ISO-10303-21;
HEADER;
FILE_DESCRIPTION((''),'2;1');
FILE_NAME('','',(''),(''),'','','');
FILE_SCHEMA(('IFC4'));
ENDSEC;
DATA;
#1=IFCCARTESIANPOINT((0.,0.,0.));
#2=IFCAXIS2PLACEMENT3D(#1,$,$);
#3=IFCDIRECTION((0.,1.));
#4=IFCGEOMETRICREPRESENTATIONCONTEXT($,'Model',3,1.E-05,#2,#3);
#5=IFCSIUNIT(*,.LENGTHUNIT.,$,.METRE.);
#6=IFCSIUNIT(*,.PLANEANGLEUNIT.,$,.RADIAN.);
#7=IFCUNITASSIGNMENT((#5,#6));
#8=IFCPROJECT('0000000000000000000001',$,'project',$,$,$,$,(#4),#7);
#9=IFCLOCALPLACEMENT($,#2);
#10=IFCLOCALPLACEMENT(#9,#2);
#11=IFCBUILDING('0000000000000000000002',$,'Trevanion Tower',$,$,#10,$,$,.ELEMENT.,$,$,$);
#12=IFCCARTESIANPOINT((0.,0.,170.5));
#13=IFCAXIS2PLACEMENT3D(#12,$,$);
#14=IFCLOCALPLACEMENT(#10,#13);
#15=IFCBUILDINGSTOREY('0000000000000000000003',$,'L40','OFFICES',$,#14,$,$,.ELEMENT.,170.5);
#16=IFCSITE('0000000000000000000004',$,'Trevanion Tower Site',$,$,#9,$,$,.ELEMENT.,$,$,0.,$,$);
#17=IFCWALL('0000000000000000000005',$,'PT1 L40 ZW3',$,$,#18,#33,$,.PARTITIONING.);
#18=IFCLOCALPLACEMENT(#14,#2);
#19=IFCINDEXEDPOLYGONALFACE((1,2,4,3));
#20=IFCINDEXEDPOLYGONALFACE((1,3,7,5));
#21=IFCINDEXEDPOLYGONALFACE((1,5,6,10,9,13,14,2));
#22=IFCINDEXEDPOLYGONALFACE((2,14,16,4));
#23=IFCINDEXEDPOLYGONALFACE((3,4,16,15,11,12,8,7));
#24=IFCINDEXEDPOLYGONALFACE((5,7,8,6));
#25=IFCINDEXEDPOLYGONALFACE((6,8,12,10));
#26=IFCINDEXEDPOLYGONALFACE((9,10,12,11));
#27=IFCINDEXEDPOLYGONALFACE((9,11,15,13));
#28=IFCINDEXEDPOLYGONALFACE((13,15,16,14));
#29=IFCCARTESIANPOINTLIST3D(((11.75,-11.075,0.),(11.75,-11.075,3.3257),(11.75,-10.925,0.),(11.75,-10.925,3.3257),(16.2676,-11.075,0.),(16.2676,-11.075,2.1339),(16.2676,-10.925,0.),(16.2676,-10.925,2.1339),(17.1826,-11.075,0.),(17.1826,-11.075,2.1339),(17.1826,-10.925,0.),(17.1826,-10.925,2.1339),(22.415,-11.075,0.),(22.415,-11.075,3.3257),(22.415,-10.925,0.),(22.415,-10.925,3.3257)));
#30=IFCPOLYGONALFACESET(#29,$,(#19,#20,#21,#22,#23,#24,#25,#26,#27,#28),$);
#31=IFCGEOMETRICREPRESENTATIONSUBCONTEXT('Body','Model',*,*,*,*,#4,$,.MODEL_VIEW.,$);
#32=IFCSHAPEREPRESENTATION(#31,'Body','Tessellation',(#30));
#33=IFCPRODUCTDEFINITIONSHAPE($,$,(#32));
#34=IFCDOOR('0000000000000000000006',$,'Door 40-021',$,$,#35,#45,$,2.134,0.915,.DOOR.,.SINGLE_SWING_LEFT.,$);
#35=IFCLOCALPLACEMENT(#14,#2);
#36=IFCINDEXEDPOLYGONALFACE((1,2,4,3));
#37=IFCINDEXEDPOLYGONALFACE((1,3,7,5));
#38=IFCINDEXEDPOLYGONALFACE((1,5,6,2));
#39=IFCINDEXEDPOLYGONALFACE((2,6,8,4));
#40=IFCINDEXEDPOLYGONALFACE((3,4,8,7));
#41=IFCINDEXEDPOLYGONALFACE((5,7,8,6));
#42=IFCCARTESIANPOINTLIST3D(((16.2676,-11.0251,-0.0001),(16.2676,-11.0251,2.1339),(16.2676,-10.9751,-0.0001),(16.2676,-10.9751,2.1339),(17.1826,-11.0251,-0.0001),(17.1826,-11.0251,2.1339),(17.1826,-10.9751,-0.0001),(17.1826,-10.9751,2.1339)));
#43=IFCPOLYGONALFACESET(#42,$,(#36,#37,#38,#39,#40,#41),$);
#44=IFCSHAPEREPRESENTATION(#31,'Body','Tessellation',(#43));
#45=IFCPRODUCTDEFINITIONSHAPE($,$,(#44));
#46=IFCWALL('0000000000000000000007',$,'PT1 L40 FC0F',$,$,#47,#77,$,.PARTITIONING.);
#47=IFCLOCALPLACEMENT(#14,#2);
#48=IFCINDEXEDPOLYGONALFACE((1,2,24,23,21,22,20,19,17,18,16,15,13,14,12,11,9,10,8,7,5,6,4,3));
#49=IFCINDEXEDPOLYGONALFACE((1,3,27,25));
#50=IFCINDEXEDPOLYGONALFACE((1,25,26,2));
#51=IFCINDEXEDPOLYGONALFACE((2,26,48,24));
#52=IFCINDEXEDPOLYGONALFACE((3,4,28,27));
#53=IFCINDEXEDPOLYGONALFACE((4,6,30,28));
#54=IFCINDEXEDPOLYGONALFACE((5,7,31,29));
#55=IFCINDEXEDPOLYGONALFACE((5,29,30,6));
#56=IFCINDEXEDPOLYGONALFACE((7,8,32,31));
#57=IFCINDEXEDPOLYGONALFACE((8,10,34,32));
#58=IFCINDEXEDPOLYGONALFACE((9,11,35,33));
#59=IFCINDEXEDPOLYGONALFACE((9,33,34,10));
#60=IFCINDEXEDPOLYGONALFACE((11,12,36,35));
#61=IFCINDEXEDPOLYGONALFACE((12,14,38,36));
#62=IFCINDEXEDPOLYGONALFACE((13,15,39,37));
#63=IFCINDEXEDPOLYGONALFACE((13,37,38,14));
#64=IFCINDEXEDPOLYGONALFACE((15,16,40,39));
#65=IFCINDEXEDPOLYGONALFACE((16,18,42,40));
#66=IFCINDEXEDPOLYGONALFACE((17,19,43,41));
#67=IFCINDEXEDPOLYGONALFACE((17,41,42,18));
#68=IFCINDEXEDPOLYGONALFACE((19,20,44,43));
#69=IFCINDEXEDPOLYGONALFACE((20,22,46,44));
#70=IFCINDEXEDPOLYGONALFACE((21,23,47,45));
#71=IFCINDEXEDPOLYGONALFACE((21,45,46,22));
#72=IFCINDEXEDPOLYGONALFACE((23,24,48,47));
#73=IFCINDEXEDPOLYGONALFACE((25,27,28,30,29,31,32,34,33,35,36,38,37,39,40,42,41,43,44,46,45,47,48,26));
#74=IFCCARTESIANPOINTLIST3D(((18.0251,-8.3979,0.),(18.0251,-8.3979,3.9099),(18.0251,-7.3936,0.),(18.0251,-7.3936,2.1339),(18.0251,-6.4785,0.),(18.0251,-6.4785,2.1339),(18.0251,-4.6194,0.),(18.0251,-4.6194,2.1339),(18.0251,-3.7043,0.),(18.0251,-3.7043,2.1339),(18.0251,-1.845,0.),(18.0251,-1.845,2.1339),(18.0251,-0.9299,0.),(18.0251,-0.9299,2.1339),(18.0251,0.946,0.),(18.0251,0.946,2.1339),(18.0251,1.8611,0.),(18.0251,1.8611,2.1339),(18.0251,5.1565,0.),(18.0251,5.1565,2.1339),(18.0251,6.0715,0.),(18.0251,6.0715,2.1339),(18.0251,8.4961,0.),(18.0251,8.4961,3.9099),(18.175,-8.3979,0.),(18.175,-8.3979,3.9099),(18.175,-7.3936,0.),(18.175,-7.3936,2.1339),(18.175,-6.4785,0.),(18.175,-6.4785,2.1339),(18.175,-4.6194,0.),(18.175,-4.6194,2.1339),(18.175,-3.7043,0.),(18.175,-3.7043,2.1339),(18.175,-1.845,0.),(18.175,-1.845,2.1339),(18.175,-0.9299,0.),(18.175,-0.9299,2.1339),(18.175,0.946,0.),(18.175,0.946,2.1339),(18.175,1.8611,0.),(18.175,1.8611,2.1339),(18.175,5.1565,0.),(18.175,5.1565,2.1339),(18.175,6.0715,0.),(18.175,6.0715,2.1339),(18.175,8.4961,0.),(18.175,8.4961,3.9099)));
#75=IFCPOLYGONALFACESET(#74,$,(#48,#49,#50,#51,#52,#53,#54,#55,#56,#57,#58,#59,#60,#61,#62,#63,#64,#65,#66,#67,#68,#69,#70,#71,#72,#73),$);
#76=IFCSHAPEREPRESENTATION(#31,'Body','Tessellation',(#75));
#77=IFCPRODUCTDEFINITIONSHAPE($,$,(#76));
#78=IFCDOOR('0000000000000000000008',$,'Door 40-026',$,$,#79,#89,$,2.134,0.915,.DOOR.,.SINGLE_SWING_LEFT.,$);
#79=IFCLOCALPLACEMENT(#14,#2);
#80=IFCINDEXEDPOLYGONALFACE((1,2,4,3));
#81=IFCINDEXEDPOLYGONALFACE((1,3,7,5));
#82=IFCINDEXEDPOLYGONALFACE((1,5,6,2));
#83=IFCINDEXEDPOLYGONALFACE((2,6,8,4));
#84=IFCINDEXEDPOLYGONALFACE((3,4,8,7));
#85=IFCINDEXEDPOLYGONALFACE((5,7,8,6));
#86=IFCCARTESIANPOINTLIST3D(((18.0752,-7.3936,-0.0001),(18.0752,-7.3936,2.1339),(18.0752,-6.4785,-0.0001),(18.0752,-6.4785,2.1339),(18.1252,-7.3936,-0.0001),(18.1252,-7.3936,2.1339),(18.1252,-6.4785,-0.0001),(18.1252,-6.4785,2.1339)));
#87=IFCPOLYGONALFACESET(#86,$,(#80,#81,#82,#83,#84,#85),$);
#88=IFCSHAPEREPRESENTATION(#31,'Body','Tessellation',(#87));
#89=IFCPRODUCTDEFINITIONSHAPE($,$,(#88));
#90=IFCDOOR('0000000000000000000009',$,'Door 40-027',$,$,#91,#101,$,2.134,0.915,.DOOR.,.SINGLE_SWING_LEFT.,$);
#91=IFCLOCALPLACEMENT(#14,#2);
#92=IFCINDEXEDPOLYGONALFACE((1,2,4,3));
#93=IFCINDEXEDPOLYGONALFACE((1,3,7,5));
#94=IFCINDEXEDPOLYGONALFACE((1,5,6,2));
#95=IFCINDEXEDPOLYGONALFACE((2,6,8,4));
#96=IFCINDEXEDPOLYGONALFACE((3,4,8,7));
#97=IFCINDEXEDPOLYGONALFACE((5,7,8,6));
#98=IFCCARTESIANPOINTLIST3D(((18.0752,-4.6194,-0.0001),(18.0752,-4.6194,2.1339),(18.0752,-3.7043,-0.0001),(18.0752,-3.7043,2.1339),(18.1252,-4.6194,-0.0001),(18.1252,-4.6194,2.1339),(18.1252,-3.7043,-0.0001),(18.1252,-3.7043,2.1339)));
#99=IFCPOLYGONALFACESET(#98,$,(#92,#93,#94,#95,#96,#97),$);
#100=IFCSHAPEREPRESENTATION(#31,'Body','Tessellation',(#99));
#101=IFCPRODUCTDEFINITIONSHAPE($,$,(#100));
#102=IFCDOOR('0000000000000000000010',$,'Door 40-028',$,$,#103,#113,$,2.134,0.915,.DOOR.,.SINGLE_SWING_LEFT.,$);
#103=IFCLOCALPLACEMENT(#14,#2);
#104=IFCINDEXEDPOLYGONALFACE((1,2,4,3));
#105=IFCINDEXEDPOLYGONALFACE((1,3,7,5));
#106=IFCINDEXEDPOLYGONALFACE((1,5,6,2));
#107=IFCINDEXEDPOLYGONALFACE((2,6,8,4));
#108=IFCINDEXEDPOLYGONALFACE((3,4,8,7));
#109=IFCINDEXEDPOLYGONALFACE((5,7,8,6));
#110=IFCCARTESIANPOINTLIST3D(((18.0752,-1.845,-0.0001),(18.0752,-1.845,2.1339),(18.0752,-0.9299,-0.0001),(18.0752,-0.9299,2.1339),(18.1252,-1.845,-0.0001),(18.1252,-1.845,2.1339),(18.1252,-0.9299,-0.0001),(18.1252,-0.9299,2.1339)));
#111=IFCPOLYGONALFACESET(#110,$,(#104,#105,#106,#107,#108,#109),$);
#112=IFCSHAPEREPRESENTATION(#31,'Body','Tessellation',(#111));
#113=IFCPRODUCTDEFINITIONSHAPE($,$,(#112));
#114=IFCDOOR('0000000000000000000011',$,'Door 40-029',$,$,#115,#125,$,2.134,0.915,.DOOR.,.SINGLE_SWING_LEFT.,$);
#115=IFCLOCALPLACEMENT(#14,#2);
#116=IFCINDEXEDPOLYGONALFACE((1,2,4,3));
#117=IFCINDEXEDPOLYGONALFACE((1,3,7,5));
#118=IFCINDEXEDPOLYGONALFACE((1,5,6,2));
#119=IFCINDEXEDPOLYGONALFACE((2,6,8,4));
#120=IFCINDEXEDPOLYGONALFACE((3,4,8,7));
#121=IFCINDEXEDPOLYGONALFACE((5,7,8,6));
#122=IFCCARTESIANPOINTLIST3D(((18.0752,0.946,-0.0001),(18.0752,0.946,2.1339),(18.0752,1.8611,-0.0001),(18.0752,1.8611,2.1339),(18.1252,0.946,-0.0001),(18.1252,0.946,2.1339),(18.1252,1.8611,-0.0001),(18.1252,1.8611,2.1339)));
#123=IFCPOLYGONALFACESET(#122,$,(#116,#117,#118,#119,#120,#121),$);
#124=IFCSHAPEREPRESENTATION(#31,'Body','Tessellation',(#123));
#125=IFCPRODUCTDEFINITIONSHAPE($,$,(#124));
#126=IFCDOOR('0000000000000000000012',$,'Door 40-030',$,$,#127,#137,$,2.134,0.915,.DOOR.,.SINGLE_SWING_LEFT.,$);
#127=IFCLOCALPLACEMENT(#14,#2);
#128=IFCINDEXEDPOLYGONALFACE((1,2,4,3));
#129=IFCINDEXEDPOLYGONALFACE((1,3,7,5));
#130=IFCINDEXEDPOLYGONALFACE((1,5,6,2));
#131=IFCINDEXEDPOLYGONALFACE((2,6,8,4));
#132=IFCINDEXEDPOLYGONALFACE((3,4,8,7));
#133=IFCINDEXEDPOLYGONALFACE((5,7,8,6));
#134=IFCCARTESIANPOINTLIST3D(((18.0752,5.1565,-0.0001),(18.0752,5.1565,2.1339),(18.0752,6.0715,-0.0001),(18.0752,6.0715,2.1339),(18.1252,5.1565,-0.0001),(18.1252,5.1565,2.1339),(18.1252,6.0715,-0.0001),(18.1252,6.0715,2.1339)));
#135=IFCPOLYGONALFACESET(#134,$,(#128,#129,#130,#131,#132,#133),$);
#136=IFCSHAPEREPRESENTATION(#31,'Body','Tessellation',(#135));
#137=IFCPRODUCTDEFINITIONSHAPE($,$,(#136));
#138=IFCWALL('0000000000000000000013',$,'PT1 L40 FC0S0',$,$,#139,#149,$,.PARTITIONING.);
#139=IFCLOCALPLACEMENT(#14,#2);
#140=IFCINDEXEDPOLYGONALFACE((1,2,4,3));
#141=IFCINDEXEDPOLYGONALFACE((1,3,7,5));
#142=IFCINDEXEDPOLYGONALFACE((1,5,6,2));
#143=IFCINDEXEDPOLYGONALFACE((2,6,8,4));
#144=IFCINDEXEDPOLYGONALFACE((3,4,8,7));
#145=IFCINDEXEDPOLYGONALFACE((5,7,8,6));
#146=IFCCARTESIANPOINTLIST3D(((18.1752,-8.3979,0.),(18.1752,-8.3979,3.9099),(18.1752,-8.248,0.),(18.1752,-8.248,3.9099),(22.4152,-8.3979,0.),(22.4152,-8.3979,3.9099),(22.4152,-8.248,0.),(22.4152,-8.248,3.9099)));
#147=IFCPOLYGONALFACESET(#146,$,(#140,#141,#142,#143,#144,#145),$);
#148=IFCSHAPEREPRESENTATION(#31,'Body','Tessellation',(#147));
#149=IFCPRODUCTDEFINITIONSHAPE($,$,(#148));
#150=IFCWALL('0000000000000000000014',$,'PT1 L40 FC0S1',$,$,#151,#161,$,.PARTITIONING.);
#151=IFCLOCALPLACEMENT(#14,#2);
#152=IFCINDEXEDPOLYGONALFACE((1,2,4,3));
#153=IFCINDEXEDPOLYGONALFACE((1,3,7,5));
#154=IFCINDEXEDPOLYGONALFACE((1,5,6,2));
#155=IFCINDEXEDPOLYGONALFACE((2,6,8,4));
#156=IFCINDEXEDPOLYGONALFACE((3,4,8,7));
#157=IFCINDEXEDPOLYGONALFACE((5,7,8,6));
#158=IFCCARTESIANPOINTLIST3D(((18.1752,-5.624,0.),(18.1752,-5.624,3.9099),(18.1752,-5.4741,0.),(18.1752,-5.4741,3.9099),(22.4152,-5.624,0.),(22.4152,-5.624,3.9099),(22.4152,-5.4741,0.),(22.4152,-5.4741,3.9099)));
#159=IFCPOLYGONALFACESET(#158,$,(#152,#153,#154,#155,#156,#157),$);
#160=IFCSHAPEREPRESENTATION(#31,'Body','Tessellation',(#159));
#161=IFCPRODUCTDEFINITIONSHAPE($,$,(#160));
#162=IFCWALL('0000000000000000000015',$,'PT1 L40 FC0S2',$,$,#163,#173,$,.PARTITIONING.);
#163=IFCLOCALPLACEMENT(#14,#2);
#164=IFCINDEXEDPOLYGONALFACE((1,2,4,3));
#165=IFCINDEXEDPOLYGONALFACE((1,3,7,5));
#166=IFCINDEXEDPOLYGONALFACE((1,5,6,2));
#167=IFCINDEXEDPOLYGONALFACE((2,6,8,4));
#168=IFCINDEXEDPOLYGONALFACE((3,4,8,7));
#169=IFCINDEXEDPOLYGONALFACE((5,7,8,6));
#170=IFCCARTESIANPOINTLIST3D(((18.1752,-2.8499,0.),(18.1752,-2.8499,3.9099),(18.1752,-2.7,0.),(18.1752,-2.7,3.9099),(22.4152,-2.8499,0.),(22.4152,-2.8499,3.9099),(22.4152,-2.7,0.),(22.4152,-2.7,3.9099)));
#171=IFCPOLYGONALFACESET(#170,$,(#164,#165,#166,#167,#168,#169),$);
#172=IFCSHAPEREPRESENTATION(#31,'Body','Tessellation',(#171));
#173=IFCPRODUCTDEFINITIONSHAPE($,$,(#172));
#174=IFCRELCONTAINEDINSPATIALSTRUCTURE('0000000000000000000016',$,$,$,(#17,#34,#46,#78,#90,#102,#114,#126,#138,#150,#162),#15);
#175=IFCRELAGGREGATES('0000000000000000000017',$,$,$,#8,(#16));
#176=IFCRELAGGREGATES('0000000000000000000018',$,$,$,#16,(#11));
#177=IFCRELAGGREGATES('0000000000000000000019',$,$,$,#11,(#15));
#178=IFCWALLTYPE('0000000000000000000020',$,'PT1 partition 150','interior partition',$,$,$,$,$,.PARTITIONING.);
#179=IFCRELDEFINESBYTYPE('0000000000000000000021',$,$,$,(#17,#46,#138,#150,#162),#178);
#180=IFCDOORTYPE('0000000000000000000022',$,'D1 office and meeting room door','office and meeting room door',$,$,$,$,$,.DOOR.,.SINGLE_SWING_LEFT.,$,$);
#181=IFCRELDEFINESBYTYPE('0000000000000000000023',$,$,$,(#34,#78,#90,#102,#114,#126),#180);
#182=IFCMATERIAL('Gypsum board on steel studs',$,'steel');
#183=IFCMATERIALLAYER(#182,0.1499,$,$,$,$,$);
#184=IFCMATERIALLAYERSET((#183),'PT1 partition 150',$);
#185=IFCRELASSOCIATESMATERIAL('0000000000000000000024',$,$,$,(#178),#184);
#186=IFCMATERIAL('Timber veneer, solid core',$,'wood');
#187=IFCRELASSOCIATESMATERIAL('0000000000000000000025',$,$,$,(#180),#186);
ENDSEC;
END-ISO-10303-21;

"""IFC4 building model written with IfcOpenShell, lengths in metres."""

from ifc_helpers import new_model, si_unit, direction, frame, frame_2d, origin, place, context, subcontext, project, spatial, rectangle, extrude, material, layer, layer_set, type_object, element, fill, save


model = new_model("IFC4")

# Units and contexts
model_context = context("Model", 3, precision=1e-05, world=origin(), true_north=direction((0.0, 1.0)))
body_context = subcontext(model_context, "Body", "Model", "MODEL_VIEW")
ifc_project = project(units=[si_unit("LENGTHUNIT", "METRE"), si_unit("PLANEANGLEUNIT", "RADIAN")], contexts=[model_context])

# Site, building, storey
site_placement = place(None, origin())
site = spatial("IfcSite", under=ifc_project, at=site_placement, Name="Trevanion Tower Site", CompositionType="ELEMENT", RefElevation=0.0)
building_placement = place(site_placement, origin())
building = spatial("IfcBuilding", under=site, at=building_placement, Name="Trevanion Tower", CompositionType="ELEMENT")
storey_placement = place(building_placement, frame((0.0, 0.0, 170.5)))
storey = spatial("IfcBuildingStorey", under=building, at=storey_placement, Name="L40", Description="OFFICES", CompositionType="ELEMENT", Elevation=170.5)

# Wall, opening, door
ifc_material_1 = material(Name="Gypsum board on steel studs", Category="steel")
ifc_layer_1 = layer(ifc_material_1, 0.1499)
ifc_layer_set_1 = layer_set([ifc_layer_1], Name="PT1 partition 150")
wall_type = type_object("IfcWallType", Name="PT1 partition 150", Description="interior partition", PredefinedType="PARTITIONING", material=ifc_layer_set_1)
wall_1_placement = place(storey_placement, frame((11.75, -11.0, 0.0), z_axis=(0.0, 0.0, 1.0), x_axis=(1.0, 0.0, 0.0)))
wall_1 = element("IfcWall", 1, at=wall_1_placement, inside=storey, type_object=wall_type, Name="PT1 L40 ZW3", PredefinedType="PARTITIONING", context=body_context, shape_type="SweptSolid", body=[
    extrude(rectangle(XDim=10.665, YDim=0.1499, at=frame_2d((5.3325, 0.0))), origin(), (0.0, 0.0, 1.0), 3.3257),
])
opening_1_placement = place(wall_1_placement, frame((4.5176, 0.0, 0.0)))
opening_1 = element("IfcOpeningElement", 2, at=opening_1_placement, cuts=wall_1, PredefinedType="OPENING", context=body_context, shape_type="SweptSolid", body=[
    extrude(rectangle(XDim=0.915, YDim=2.134, at=frame_2d((0.4575, 1.0669))), frame((0.0, 0.085, 0.0), z_axis=(0.0, -1.0, 0.0), x_axis=(1.0, 0.0, 0.0)), (0.0, 0.0, 1.0), 0.1699),
])
ifc_material_2 = material(Name="Timber veneer, solid core", Category="wood")
door_type = type_object("IfcDoorType", Name="D1 office and meeting room door", Description="office and meeting room door", OperationType="SINGLE_SWING_LEFT", PredefinedType="DOOR", material=ifc_material_2)
door_1_placement = place(opening_1_placement, origin())
door_1 = element("IfcDoor", 3, at=door_1_placement, inside=storey, type_object=door_type, Name="Door 40-021", OperationType="SINGLE_SWING_LEFT", OverallHeight=2.134, OverallWidth=0.915, PredefinedType="DOOR", context=body_context, shape_type="SweptSolid", body=[
    extrude(rectangle(XDim=0.915, YDim=2.134, at=frame_2d((0.4575, 1.0669))), frame((0.0, 0.0249, 0.0), z_axis=(0.0, -1.0, 0.0), x_axis=(1.0, 0.0, 0.0)), (0.0, 0.0, 1.0), 0.05),
])
fill(opening_1, door_1)

# Wall, openings, doors
wall_2_placement = place(storey_placement, frame((18.1001, -8.3979, 0.0), z_axis=(0.0, 0.0, 1.0), x_axis=(0.0, 1.0, 0.0)))
wall_2 = element("IfcWall", 4, at=wall_2_placement, inside=storey, type_object=wall_type, Name="PT1 L40 FC0F", PredefinedType="PARTITIONING", context=body_context, shape_type="SweptSolid", body=[
    extrude(rectangle(XDim=16.894, YDim=0.1499, at=frame_2d((8.447, 0.0))), origin(), (0.0, 0.0, 1.0), 3.9099),
])
opening_2_placement = place(wall_2_placement, frame((1.0044, 0.0, 0.0)))
opening_2 = element("IfcOpeningElement", 5, at=opening_2_placement, cuts=wall_2, PredefinedType="OPENING", context=body_context, shape_type="SweptSolid", body=[
    extrude(rectangle(XDim=0.915, YDim=2.134, at=frame_2d((0.4575, 1.0669))), frame((0.0, 0.085, 0.0), z_axis=(0.0, -1.0, 0.0), x_axis=(1.0, 0.0, 0.0)), (0.0, 0.0, 1.0), 0.1699),
])
opening_3_placement = place(wall_2_placement, frame((3.7786, 0.0, 0.0)))
opening_3 = element("IfcOpeningElement", 6, at=opening_3_placement, cuts=wall_2, PredefinedType="OPENING", context=body_context, shape_type="SweptSolid", body=[
    extrude(rectangle(XDim=0.915, YDim=2.134, at=frame_2d((0.4575, 1.0669))), frame((0.0, 0.085, 0.0), z_axis=(0.0, -1.0, 0.0), x_axis=(1.0, 0.0, 0.0)), (0.0, 0.0, 1.0), 0.1699),
])
opening_4_placement = place(wall_2_placement, frame((6.553, 0.0, 0.0)))
opening_4 = element("IfcOpeningElement", 7, at=opening_4_placement, cuts=wall_2, PredefinedType="OPENING", context=body_context, shape_type="SweptSolid", body=[
    extrude(rectangle(XDim=0.915, YDim=2.134, at=frame_2d((0.4575, 1.0669))), frame((0.0, 0.085, 0.0), z_axis=(0.0, -1.0, 0.0), x_axis=(1.0, 0.0, 0.0)), (0.0, 0.0, 1.0), 0.1699),
])
opening_5_placement = place(wall_2_placement, frame((9.344, 0.0, 0.0)))
opening_5 = element("IfcOpeningElement", 8, at=opening_5_placement, cuts=wall_2, PredefinedType="OPENING", context=body_context, shape_type="SweptSolid", body=[
    extrude(rectangle(XDim=0.915, YDim=2.134, at=frame_2d((0.4575, 1.0669))), frame((0.0, 0.085, 0.0), z_axis=(0.0, -1.0, 0.0), x_axis=(1.0, 0.0, 0.0)), (0.0, 0.0, 1.0), 0.1699),
])
opening_6_placement = place(wall_2_placement, frame((13.5544, 0.0, 0.0)))
opening_6 = element("IfcOpeningElement", 9, at=opening_6_placement, cuts=wall_2, PredefinedType="OPENING", context=body_context, shape_type="SweptSolid", body=[
    extrude(rectangle(XDim=0.915, YDim=2.134, at=frame_2d((0.4575, 1.0669))), frame((0.0, 0.085, 0.0), z_axis=(0.0, -1.0, 0.0), x_axis=(1.0, 0.0, 0.0)), (0.0, 0.0, 1.0), 0.1699),
])
door_2_placement = place(opening_2_placement, origin())
door_2 = element("IfcDoor", 10, at=door_2_placement, inside=storey, type_object=door_type, Name="Door 40-026", OperationType="SINGLE_SWING_LEFT", OverallHeight=2.134, OverallWidth=0.915, PredefinedType="DOOR", context=body_context, shape_type="SweptSolid", body=[
    extrude(rectangle(XDim=0.915, YDim=2.134, at=frame_2d((0.4575, 1.0669))), frame((0.0, 0.0249, 0.0), z_axis=(0.0, -1.0, 0.0), x_axis=(1.0, 0.0, 0.0)), (0.0, 0.0, 1.0), 0.05),
])
fill(opening_2, door_2)
door_3_placement = place(opening_3_placement, origin())
door_3 = element("IfcDoor", 11, at=door_3_placement, inside=storey, type_object=door_type, Name="Door 40-027", OperationType="SINGLE_SWING_LEFT", OverallHeight=2.134, OverallWidth=0.915, PredefinedType="DOOR", context=body_context, shape_type="SweptSolid", body=[
    extrude(rectangle(XDim=0.915, YDim=2.134, at=frame_2d((0.4575, 1.0669))), frame((0.0, 0.0249, 0.0), z_axis=(0.0, -1.0, 0.0), x_axis=(1.0, 0.0, 0.0)), (0.0, 0.0, 1.0), 0.05),
])
fill(opening_3, door_3)
door_4_placement = place(opening_4_placement, origin())
door_4 = element("IfcDoor", 12, at=door_4_placement, inside=storey, type_object=door_type, Name="Door 40-028", OperationType="SINGLE_SWING_LEFT", OverallHeight=2.134, OverallWidth=0.915, PredefinedType="DOOR", context=body_context, shape_type="SweptSolid", body=[
    extrude(rectangle(XDim=0.915, YDim=2.134, at=frame_2d((0.4575, 1.0669))), frame((0.0, 0.0249, 0.0), z_axis=(0.0, -1.0, 0.0), x_axis=(1.0, 0.0, 0.0)), (0.0, 0.0, 1.0), 0.05),
])
fill(opening_4, door_4)
door_5_placement = place(opening_5_placement, origin())
door_5 = element("IfcDoor", 13, at=door_5_placement, inside=storey, type_object=door_type, Name="Door 40-029", OperationType="SINGLE_SWING_LEFT", OverallHeight=2.134, OverallWidth=0.915, PredefinedType="DOOR", context=body_context, shape_type="SweptSolid", body=[
    extrude(rectangle(XDim=0.915, YDim=2.134, at=frame_2d((0.4575, 1.0669))), frame((0.0, 0.0249, 0.0), z_axis=(0.0, -1.0, 0.0), x_axis=(1.0, 0.0, 0.0)), (0.0, 0.0, 1.0), 0.05),
])
fill(opening_5, door_5)
door_6_placement = place(opening_6_placement, origin())
door_6 = element("IfcDoor", 14, at=door_6_placement, inside=storey, type_object=door_type, Name="Door 40-030", OperationType="SINGLE_SWING_LEFT", OverallHeight=2.134, OverallWidth=0.915, PredefinedType="DOOR", context=body_context, shape_type="SweptSolid", body=[
    extrude(rectangle(XDim=0.915, YDim=2.134, at=frame_2d((0.4575, 1.0669))), frame((0.0, 0.0249, 0.0), z_axis=(0.0, -1.0, 0.0), x_axis=(1.0, 0.0, 0.0)), (0.0, 0.0, 1.0), 0.05),
])
fill(opening_6, door_6)

# Walls
for number, where, z_axis, x_axis, name in (
    (15, (18.175, -8.323, 0.0), (0.0, 0.0, 1.0), (1.0, 0.0, 0.0), "PT1 L40 FC0S0"),
    (16, (18.175, -5.5491, 0.0), (0.0, 0.0, 1.0), (1.0, 0.0, 0.0), "PT1 L40 FC0S1"),
    (17, (18.175, -2.7749, 0.0), (0.0, 0.0, 1.0), (1.0, 0.0, 0.0), "PT1 L40 FC0S2"),
):
    element("IfcWall", number, at=place(storey_placement, frame(where, z_axis=z_axis, x_axis=x_axis)), inside=storey, type_object=wall_type, Name=name, PredefinedType="PARTITIONING", context=body_context, shape_type="SweptSolid", body=[
        extrude(rectangle(XDim=4.24, YDim=0.1499, at=frame_2d((2.1201, 0.0))), origin(), (0.0, 0.0, 1.0), 3.9099),
    ])

save(model, "model.ifc")
